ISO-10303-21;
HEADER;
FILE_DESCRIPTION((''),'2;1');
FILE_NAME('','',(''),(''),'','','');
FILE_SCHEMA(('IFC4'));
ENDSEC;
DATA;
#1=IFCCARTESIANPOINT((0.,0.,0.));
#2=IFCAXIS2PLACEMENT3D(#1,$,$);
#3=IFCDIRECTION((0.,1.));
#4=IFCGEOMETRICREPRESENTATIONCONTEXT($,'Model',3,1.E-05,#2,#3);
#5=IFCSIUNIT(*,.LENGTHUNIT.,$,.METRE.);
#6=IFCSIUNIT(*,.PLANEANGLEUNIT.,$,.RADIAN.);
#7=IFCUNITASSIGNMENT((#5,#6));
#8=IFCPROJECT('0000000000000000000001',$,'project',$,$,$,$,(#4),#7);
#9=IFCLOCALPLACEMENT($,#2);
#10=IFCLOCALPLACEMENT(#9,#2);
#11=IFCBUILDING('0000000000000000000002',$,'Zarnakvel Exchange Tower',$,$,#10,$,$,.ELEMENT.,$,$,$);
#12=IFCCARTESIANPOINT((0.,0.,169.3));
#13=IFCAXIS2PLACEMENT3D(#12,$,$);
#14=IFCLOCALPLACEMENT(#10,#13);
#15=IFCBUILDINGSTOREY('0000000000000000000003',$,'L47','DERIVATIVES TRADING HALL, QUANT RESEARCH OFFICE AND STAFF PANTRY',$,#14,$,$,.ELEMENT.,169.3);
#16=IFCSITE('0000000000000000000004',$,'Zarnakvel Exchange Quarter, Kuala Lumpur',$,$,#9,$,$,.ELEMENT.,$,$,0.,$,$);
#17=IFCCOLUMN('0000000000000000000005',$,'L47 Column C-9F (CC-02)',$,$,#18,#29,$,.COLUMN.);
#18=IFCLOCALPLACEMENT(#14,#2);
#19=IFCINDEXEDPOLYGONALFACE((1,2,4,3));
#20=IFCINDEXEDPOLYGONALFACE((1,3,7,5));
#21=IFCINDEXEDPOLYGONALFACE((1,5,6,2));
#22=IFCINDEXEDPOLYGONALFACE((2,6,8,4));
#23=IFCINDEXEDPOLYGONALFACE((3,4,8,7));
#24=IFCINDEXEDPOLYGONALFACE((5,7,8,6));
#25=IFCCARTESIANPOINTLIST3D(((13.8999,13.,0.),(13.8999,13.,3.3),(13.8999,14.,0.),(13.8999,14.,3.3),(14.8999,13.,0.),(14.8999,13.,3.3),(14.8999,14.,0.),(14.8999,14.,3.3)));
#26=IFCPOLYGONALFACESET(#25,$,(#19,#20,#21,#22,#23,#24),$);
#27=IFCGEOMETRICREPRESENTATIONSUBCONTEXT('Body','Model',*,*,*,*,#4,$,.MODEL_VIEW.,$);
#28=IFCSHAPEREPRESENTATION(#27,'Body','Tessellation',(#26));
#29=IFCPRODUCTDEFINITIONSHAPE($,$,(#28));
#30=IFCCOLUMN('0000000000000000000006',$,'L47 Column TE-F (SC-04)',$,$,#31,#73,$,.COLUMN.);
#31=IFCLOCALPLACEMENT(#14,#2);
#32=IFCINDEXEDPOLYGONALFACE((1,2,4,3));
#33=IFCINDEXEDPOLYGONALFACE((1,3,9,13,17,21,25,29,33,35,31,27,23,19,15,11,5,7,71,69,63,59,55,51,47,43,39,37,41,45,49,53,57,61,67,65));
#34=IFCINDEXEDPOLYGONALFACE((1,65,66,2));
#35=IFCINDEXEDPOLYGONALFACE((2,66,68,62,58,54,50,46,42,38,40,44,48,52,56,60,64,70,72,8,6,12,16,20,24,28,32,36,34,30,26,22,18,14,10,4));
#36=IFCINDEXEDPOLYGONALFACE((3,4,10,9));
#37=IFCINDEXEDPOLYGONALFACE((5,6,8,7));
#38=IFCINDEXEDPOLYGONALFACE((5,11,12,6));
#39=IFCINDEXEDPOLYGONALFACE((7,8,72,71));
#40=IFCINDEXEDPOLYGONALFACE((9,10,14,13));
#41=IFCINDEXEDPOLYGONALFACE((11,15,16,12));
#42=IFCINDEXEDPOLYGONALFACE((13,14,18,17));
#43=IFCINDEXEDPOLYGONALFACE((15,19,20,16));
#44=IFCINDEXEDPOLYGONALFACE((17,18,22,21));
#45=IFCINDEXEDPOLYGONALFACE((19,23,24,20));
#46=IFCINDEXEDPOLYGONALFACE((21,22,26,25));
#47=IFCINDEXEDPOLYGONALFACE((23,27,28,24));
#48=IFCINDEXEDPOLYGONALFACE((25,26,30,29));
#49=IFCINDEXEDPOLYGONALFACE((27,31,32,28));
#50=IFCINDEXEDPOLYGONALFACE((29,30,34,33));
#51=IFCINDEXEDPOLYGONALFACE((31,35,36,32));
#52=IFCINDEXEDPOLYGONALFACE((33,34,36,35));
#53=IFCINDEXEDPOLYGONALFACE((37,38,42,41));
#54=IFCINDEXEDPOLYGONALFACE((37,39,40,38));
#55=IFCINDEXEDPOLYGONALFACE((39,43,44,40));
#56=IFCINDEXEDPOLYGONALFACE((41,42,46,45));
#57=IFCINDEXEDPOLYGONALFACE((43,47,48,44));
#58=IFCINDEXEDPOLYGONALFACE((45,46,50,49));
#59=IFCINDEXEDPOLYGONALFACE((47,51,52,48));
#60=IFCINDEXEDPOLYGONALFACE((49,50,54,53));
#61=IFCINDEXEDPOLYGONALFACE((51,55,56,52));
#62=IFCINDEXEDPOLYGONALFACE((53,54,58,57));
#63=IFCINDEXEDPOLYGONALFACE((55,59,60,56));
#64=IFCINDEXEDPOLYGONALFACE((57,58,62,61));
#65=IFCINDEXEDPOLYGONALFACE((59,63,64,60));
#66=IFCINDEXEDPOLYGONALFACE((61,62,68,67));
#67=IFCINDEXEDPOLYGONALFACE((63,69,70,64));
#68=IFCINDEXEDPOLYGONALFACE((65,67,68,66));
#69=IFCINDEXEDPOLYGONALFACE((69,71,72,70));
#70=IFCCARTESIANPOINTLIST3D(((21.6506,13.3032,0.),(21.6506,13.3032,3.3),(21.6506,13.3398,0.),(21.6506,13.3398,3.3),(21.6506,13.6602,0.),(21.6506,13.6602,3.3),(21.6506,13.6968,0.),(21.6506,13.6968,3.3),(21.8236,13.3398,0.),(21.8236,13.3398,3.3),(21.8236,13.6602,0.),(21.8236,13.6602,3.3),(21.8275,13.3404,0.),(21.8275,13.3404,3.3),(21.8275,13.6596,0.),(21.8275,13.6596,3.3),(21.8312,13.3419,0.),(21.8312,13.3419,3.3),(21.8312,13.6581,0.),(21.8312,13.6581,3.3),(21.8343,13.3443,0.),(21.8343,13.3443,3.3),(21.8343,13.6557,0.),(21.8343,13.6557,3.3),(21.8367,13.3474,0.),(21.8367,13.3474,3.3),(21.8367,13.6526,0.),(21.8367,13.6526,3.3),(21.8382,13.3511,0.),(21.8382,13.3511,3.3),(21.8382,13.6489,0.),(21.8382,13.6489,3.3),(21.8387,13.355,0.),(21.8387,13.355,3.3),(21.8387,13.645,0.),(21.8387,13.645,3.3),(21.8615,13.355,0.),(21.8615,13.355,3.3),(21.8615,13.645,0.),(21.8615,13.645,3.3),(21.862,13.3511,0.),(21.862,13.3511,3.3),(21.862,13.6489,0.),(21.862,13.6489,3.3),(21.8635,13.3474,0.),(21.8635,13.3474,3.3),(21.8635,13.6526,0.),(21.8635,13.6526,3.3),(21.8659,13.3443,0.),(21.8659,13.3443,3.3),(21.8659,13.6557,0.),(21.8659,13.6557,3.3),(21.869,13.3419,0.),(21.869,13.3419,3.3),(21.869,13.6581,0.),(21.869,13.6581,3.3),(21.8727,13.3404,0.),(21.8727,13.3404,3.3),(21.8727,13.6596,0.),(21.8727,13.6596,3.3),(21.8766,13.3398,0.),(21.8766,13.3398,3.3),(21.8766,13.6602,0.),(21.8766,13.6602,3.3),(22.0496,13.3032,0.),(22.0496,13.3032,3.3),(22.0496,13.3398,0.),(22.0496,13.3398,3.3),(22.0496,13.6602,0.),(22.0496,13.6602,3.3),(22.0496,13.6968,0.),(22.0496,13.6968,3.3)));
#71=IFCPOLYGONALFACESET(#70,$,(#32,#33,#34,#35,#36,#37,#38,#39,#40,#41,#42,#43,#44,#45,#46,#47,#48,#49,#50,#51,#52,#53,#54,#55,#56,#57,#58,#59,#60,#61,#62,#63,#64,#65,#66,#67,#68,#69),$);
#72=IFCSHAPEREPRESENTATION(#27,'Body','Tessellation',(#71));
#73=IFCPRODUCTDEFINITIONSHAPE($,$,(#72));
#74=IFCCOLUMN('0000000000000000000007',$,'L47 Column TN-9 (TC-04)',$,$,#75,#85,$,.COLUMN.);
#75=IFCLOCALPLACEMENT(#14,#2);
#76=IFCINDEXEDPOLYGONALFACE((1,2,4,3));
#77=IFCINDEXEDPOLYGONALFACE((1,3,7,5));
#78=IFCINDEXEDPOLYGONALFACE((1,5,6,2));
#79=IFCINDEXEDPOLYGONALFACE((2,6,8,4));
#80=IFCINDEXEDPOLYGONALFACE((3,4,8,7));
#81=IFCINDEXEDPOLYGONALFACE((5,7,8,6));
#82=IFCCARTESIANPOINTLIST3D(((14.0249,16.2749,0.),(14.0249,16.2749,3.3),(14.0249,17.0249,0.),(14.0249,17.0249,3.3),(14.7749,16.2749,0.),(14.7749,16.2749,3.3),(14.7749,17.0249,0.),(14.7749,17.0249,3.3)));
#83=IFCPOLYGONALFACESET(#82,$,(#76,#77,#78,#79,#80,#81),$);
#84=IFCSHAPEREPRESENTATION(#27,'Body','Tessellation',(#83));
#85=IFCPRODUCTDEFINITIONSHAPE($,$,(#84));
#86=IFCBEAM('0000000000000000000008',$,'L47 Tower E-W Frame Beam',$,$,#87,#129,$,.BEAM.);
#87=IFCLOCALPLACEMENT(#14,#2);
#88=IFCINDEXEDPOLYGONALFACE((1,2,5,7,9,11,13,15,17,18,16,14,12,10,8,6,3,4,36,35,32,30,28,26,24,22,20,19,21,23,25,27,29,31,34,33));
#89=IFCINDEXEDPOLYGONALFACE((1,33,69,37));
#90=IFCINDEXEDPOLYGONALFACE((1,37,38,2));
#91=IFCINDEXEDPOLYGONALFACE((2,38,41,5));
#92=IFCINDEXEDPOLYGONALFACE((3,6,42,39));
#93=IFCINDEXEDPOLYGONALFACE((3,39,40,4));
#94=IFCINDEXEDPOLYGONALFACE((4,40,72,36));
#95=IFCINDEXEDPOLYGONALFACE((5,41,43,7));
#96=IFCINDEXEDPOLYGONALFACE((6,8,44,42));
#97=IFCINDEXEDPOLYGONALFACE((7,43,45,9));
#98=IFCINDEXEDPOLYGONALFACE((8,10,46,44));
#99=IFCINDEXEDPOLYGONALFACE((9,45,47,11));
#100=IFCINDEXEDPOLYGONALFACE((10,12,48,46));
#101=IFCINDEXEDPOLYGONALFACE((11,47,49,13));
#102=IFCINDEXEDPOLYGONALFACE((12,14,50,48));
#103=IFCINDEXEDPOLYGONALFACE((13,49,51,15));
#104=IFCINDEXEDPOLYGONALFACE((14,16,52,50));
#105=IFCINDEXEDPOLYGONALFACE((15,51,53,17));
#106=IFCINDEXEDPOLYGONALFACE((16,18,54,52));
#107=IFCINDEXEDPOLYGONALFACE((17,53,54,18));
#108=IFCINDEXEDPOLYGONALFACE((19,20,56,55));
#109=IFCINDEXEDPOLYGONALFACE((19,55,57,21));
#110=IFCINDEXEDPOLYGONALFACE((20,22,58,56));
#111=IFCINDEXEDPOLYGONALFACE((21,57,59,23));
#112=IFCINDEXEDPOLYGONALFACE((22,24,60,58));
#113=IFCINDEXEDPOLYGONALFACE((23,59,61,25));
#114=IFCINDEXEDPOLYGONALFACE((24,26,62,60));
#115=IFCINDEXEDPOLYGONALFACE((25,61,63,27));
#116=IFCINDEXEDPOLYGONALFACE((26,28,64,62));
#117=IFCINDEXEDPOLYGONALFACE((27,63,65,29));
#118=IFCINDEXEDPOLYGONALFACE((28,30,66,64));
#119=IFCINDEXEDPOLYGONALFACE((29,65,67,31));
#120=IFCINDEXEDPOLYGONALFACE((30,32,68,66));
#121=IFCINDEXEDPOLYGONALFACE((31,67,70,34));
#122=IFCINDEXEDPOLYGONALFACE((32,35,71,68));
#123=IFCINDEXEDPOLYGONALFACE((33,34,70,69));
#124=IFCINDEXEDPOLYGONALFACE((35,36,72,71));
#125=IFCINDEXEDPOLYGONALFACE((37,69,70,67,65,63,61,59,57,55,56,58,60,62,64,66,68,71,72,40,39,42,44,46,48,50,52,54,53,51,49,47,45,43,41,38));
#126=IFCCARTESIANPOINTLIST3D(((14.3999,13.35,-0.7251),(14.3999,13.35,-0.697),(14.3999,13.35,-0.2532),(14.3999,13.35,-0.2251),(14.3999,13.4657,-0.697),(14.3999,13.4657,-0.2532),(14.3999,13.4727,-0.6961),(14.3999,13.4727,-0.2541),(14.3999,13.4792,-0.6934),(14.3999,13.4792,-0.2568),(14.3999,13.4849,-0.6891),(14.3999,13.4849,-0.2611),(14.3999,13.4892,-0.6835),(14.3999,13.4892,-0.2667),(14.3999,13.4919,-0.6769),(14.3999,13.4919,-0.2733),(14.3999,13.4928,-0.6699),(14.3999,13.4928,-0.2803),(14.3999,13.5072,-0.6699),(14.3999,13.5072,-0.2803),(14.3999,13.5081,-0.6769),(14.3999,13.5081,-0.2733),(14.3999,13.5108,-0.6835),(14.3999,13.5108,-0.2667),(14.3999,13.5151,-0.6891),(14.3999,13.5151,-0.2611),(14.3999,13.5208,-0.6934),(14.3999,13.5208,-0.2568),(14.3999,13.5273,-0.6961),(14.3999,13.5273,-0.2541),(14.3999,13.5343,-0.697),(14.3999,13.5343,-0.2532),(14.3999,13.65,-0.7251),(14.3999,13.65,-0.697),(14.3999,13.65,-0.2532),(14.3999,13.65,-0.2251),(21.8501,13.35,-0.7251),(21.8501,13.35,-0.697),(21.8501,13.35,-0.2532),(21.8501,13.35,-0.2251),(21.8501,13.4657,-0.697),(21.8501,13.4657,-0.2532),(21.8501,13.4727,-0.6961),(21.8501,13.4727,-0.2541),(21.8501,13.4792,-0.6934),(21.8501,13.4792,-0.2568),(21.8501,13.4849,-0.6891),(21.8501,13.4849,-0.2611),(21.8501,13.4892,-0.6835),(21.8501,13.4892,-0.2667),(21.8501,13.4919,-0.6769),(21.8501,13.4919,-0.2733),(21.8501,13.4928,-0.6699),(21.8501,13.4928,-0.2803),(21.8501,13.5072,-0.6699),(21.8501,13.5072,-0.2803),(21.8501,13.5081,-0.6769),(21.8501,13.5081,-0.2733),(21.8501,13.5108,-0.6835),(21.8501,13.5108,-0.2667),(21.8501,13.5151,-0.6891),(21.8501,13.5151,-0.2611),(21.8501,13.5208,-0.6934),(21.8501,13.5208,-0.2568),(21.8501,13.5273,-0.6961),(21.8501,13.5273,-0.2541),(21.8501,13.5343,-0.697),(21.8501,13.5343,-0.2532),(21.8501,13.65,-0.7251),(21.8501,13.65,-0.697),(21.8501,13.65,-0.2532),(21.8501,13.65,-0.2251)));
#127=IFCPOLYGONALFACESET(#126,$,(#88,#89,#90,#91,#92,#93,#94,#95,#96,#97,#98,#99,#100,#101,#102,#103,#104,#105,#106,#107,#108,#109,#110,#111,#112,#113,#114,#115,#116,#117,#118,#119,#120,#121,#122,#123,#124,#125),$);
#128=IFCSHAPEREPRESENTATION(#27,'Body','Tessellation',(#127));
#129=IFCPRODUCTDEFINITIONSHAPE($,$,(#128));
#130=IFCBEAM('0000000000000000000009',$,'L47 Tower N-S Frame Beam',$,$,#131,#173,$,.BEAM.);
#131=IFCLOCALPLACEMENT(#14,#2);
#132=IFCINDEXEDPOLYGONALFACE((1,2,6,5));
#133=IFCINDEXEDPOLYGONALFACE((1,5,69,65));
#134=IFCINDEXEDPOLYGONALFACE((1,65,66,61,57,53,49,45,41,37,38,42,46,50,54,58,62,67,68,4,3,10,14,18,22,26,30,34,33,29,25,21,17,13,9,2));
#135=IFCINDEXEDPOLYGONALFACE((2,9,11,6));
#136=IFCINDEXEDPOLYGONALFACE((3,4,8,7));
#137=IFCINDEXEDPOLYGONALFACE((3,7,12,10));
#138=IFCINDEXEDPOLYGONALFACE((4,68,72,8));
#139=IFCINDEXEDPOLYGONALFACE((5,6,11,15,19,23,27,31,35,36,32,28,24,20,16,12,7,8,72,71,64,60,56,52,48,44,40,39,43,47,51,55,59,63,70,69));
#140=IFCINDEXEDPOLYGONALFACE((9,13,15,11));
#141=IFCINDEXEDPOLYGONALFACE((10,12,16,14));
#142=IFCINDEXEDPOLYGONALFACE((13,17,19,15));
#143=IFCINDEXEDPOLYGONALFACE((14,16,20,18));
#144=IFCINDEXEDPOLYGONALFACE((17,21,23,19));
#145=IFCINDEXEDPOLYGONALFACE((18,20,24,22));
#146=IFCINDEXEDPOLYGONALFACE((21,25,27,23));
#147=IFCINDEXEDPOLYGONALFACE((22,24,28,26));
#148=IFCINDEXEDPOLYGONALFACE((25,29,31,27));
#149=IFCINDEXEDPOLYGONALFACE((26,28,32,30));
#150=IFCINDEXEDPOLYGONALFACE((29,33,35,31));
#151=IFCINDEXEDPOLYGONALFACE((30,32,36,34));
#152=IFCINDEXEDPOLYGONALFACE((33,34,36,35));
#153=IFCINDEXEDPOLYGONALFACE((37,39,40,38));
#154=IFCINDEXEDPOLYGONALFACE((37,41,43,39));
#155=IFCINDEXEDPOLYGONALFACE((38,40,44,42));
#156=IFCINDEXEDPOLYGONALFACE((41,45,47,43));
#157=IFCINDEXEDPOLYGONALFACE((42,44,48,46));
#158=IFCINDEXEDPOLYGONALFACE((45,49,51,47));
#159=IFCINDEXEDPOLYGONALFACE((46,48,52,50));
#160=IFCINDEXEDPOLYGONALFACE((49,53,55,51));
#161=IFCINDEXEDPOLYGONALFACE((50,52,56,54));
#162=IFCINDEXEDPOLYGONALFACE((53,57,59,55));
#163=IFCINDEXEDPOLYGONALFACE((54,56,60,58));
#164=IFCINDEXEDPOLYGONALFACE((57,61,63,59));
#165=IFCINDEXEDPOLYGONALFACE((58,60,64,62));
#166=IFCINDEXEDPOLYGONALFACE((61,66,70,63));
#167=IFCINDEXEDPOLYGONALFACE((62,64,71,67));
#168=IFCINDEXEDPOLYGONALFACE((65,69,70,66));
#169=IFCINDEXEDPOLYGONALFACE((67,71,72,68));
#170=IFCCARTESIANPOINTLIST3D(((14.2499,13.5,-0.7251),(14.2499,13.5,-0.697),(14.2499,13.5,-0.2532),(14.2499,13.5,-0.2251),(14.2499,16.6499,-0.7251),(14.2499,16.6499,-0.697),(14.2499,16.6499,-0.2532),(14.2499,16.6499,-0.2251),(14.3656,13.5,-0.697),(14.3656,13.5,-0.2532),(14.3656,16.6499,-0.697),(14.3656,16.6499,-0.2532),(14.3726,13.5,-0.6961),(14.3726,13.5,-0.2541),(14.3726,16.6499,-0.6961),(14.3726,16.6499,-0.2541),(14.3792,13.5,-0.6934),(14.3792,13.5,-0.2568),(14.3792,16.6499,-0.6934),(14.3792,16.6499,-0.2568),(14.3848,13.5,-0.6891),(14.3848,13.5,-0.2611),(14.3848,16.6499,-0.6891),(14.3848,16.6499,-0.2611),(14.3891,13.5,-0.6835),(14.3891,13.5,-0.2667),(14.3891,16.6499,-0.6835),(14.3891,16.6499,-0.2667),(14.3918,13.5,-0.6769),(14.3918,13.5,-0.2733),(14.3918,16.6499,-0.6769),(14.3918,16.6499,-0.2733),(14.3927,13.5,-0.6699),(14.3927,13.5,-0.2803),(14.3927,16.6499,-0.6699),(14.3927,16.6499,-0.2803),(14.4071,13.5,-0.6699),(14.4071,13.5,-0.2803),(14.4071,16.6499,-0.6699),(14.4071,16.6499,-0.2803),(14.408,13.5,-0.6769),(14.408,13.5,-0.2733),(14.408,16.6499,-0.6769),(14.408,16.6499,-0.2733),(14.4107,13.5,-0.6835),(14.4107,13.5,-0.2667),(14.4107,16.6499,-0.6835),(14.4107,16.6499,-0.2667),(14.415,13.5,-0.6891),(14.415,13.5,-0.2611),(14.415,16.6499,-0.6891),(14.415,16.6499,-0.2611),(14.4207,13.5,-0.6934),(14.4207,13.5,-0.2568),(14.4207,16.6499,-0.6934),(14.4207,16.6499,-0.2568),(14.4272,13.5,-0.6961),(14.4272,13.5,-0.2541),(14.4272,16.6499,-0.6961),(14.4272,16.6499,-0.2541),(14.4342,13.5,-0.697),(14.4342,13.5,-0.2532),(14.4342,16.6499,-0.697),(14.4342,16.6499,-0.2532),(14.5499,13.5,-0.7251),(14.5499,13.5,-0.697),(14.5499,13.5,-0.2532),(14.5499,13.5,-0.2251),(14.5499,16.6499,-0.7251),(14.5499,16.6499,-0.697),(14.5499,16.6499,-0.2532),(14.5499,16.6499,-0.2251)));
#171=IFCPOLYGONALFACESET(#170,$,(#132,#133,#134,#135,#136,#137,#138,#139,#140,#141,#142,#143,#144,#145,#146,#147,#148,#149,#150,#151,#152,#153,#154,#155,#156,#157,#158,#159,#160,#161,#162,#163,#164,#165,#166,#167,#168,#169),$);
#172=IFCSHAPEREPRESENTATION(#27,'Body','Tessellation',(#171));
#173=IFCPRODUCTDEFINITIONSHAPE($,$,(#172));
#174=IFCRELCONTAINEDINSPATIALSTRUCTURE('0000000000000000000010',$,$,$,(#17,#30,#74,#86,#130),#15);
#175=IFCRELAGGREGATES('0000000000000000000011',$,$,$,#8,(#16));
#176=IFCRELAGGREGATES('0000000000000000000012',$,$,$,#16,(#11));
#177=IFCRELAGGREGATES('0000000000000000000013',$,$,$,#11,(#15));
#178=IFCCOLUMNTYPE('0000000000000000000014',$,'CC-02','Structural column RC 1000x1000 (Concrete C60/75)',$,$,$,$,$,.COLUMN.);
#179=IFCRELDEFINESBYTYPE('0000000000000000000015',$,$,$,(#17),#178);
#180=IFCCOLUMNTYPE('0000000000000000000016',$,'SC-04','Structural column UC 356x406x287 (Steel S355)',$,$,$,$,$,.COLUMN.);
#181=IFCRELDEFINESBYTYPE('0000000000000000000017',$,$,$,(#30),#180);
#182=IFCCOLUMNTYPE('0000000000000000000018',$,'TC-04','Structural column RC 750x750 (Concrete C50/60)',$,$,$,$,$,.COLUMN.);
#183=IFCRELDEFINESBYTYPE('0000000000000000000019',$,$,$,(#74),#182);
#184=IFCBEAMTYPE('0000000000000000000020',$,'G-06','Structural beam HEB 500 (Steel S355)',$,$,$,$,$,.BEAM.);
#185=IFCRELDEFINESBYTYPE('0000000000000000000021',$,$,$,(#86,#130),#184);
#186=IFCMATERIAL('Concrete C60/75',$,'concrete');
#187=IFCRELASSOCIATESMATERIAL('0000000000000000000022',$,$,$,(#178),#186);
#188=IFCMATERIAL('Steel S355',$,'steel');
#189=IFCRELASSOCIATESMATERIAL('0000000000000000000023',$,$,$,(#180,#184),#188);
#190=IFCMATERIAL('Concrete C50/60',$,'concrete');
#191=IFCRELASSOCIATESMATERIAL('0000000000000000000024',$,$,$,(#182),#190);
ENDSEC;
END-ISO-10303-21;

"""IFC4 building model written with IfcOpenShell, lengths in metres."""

from ifc_helpers import new_model, si_unit, direction, frame, origin, origin_2d, place, context, subcontext, project, spatial, rectangle, i_section, extrude, material, material_profile, profile_set, type_object, element, save


model = new_model("IFC4")

# Units and contexts
model_context = context("Model", 3, precision=1e-05, world=origin(), true_north=direction((0.0, 1.0)))
body_context = subcontext(model_context, "Body", "Model", "MODEL_VIEW")
ifc_project = project(units=[si_unit("LENGTHUNIT", "METRE"), si_unit("PLANEANGLEUNIT", "RADIAN")], contexts=[model_context])

# Site, building, storey
site_placement = place(None, origin())
site = spatial("IfcSite", under=ifc_project, at=site_placement, Name="Zarnakvel Exchange Quarter, Kuala Lumpur", CompositionType="ELEMENT", RefElevation=0.0)
building_placement = place(site_placement, origin())
building = spatial("IfcBuilding", under=site, at=building_placement, Name="Zarnakvel Exchange Tower", CompositionType="ELEMENT")
storey_placement = place(building_placement, frame((0.0, 0.0, 169.3)))
storey = spatial("IfcBuildingStorey", under=building, at=storey_placement, Name="L47", Description="DERIVATIVES TRADING HALL, QUANT RESEARCH OFFICE AND STAFF PANTRY", CompositionType="ELEMENT", Elevation=169.3)

# Columns
ifc_material_1 = material(Name="Concrete C60/75", Category="concrete")
ifc_material_profile_1 = material_profile(ifc_material_1, rectangle(XDim=1.0, YDim=1.0, at=origin_2d()))
ifc_profile_set_1 = profile_set([ifc_material_profile_1], Name="Concrete C60/75")
column_type_1 = type_object("IfcColumnType", Name="CC-02", Description="Structural column RC 1000x1000 (Concrete C60/75)", PredefinedType="COLUMN", material=ifc_profile_set_1)
column_1_placement = place(storey_placement, frame((14.3999, 13.5, 0.0), z_axis=(0.0, 0.0, 1.0), x_axis=(1.0, 0.0, 0.0)))
element("IfcColumn", 1, at=column_1_placement, inside=storey, type_object=column_type_1, Name="L47 Column C-9F (CC-02)", PredefinedType="COLUMN", context=body_context, shape_type="SweptSolid", body=[
    extrude(rectangle(XDim=1.0, YDim=1.0, at=origin_2d()), origin(), (0.0, 0.0, 1.0), 3.3),
])
ifc_material_2 = material(Name="Steel S355", Category="steel")
ifc_material_profile_2 = material_profile(ifc_material_2, i_section(OverallWidth=0.3989, OverallDepth=0.3936, WebThickness=0.0227, FlangeThickness=0.0366, FilletRadius=0.0151, at=origin_2d()))
ifc_profile_set_2 = profile_set([ifc_material_profile_2], Name="Steel S355")
column_type_2 = type_object("IfcColumnType", Name="SC-04", Description="Structural column UC 356x406x287 (Steel S355)", PredefinedType="COLUMN", material=ifc_profile_set_2)
column_2_placement = place(storey_placement, frame((21.8501, 13.5, 0.0), z_axis=(0.0, 0.0, 1.0), x_axis=(1.0, 0.0, 0.0)))
element("IfcColumn", 2, at=column_2_placement, inside=storey, type_object=column_type_2, Name="L47 Column TE-F (SC-04)", PredefinedType="COLUMN", context=body_context, shape_type="SweptSolid", body=[
    extrude(i_section(OverallWidth=0.3989, OverallDepth=0.3936, WebThickness=0.0227, FlangeThickness=0.0366, FilletRadius=0.0151, at=origin_2d()), origin(), (0.0, 0.0, 1.0), 3.3),
])
ifc_material_3 = material(Name="Concrete C50/60", Category="concrete")
ifc_material_profile_3 = material_profile(ifc_material_3, rectangle(XDim=0.75, YDim=0.75, at=origin_2d()))
ifc_profile_set_3 = profile_set([ifc_material_profile_3], Name="Concrete C50/60")
column_type_3 = type_object("IfcColumnType", Name="TC-04", Description="Structural column RC 750x750 (Concrete C50/60)", PredefinedType="COLUMN", material=ifc_profile_set_3)
column_3_placement = place(storey_placement, frame((14.3999, 16.6499, 0.0), z_axis=(0.0, 0.0, 1.0), x_axis=(1.0, 0.0, 0.0)))
element("IfcColumn", 3, at=column_3_placement, inside=storey, type_object=column_type_3, Name="L47 Column TN-9 (TC-04)", PredefinedType="COLUMN", context=body_context, shape_type="SweptSolid", body=[
    extrude(rectangle(XDim=0.75, YDim=0.75, at=origin_2d()), origin(), (0.0, 0.0, 1.0), 3.3),
])

# Beams
ifc_material_profile_4 = material_profile(ifc_material_2, i_section(OverallWidth=0.3, OverallDepth=0.5, WebThickness=0.0144, FlangeThickness=0.0281, FilletRadius=0.0271, at=origin_2d()))
ifc_profile_set_4 = profile_set([ifc_material_profile_4], Name="Steel S355")
beam_type = type_object("IfcBeamType", Name="G-06", Description="Structural beam HEB 500 (Steel S355)", PredefinedType="BEAM", material=ifc_profile_set_4)
beam_1_placement = place(storey_placement, frame((14.3999, 13.5, -0.4751), z_axis=(1.0, 0.0, 0.0), x_axis=(0.0, 1.0, 0.0)))
element("IfcBeam", 4, at=beam_1_placement, inside=storey, type_object=beam_type, Name="L47 Tower E-W Frame Beam", PredefinedType="BEAM", context=body_context, shape_type="SweptSolid", body=[
    extrude(i_section(OverallWidth=0.3, OverallDepth=0.5, WebThickness=0.0144, FlangeThickness=0.0281, FilletRadius=0.0271, at=origin_2d()), origin(), (0.0, 0.0, 1.0), 7.4502),
])
beam_2_placement = place(storey_placement, frame((14.3999, 13.5, -0.4751), z_axis=(0.0, 1.0, 0.0), x_axis=(-1.0, 0.0, 0.0)))
element("IfcBeam", 5, at=beam_2_placement, inside=storey, type_object=beam_type, Name="L47 Tower N-S Frame Beam", PredefinedType="BEAM", context=body_context, shape_type="SweptSolid", body=[
    extrude(i_section(OverallWidth=0.3, OverallDepth=0.5, WebThickness=0.0144, FlangeThickness=0.0281, FilletRadius=0.0271, at=origin_2d()), origin(), (0.0, 0.0, 1.0), 3.1499),
])

save(model, "model.ifc")
